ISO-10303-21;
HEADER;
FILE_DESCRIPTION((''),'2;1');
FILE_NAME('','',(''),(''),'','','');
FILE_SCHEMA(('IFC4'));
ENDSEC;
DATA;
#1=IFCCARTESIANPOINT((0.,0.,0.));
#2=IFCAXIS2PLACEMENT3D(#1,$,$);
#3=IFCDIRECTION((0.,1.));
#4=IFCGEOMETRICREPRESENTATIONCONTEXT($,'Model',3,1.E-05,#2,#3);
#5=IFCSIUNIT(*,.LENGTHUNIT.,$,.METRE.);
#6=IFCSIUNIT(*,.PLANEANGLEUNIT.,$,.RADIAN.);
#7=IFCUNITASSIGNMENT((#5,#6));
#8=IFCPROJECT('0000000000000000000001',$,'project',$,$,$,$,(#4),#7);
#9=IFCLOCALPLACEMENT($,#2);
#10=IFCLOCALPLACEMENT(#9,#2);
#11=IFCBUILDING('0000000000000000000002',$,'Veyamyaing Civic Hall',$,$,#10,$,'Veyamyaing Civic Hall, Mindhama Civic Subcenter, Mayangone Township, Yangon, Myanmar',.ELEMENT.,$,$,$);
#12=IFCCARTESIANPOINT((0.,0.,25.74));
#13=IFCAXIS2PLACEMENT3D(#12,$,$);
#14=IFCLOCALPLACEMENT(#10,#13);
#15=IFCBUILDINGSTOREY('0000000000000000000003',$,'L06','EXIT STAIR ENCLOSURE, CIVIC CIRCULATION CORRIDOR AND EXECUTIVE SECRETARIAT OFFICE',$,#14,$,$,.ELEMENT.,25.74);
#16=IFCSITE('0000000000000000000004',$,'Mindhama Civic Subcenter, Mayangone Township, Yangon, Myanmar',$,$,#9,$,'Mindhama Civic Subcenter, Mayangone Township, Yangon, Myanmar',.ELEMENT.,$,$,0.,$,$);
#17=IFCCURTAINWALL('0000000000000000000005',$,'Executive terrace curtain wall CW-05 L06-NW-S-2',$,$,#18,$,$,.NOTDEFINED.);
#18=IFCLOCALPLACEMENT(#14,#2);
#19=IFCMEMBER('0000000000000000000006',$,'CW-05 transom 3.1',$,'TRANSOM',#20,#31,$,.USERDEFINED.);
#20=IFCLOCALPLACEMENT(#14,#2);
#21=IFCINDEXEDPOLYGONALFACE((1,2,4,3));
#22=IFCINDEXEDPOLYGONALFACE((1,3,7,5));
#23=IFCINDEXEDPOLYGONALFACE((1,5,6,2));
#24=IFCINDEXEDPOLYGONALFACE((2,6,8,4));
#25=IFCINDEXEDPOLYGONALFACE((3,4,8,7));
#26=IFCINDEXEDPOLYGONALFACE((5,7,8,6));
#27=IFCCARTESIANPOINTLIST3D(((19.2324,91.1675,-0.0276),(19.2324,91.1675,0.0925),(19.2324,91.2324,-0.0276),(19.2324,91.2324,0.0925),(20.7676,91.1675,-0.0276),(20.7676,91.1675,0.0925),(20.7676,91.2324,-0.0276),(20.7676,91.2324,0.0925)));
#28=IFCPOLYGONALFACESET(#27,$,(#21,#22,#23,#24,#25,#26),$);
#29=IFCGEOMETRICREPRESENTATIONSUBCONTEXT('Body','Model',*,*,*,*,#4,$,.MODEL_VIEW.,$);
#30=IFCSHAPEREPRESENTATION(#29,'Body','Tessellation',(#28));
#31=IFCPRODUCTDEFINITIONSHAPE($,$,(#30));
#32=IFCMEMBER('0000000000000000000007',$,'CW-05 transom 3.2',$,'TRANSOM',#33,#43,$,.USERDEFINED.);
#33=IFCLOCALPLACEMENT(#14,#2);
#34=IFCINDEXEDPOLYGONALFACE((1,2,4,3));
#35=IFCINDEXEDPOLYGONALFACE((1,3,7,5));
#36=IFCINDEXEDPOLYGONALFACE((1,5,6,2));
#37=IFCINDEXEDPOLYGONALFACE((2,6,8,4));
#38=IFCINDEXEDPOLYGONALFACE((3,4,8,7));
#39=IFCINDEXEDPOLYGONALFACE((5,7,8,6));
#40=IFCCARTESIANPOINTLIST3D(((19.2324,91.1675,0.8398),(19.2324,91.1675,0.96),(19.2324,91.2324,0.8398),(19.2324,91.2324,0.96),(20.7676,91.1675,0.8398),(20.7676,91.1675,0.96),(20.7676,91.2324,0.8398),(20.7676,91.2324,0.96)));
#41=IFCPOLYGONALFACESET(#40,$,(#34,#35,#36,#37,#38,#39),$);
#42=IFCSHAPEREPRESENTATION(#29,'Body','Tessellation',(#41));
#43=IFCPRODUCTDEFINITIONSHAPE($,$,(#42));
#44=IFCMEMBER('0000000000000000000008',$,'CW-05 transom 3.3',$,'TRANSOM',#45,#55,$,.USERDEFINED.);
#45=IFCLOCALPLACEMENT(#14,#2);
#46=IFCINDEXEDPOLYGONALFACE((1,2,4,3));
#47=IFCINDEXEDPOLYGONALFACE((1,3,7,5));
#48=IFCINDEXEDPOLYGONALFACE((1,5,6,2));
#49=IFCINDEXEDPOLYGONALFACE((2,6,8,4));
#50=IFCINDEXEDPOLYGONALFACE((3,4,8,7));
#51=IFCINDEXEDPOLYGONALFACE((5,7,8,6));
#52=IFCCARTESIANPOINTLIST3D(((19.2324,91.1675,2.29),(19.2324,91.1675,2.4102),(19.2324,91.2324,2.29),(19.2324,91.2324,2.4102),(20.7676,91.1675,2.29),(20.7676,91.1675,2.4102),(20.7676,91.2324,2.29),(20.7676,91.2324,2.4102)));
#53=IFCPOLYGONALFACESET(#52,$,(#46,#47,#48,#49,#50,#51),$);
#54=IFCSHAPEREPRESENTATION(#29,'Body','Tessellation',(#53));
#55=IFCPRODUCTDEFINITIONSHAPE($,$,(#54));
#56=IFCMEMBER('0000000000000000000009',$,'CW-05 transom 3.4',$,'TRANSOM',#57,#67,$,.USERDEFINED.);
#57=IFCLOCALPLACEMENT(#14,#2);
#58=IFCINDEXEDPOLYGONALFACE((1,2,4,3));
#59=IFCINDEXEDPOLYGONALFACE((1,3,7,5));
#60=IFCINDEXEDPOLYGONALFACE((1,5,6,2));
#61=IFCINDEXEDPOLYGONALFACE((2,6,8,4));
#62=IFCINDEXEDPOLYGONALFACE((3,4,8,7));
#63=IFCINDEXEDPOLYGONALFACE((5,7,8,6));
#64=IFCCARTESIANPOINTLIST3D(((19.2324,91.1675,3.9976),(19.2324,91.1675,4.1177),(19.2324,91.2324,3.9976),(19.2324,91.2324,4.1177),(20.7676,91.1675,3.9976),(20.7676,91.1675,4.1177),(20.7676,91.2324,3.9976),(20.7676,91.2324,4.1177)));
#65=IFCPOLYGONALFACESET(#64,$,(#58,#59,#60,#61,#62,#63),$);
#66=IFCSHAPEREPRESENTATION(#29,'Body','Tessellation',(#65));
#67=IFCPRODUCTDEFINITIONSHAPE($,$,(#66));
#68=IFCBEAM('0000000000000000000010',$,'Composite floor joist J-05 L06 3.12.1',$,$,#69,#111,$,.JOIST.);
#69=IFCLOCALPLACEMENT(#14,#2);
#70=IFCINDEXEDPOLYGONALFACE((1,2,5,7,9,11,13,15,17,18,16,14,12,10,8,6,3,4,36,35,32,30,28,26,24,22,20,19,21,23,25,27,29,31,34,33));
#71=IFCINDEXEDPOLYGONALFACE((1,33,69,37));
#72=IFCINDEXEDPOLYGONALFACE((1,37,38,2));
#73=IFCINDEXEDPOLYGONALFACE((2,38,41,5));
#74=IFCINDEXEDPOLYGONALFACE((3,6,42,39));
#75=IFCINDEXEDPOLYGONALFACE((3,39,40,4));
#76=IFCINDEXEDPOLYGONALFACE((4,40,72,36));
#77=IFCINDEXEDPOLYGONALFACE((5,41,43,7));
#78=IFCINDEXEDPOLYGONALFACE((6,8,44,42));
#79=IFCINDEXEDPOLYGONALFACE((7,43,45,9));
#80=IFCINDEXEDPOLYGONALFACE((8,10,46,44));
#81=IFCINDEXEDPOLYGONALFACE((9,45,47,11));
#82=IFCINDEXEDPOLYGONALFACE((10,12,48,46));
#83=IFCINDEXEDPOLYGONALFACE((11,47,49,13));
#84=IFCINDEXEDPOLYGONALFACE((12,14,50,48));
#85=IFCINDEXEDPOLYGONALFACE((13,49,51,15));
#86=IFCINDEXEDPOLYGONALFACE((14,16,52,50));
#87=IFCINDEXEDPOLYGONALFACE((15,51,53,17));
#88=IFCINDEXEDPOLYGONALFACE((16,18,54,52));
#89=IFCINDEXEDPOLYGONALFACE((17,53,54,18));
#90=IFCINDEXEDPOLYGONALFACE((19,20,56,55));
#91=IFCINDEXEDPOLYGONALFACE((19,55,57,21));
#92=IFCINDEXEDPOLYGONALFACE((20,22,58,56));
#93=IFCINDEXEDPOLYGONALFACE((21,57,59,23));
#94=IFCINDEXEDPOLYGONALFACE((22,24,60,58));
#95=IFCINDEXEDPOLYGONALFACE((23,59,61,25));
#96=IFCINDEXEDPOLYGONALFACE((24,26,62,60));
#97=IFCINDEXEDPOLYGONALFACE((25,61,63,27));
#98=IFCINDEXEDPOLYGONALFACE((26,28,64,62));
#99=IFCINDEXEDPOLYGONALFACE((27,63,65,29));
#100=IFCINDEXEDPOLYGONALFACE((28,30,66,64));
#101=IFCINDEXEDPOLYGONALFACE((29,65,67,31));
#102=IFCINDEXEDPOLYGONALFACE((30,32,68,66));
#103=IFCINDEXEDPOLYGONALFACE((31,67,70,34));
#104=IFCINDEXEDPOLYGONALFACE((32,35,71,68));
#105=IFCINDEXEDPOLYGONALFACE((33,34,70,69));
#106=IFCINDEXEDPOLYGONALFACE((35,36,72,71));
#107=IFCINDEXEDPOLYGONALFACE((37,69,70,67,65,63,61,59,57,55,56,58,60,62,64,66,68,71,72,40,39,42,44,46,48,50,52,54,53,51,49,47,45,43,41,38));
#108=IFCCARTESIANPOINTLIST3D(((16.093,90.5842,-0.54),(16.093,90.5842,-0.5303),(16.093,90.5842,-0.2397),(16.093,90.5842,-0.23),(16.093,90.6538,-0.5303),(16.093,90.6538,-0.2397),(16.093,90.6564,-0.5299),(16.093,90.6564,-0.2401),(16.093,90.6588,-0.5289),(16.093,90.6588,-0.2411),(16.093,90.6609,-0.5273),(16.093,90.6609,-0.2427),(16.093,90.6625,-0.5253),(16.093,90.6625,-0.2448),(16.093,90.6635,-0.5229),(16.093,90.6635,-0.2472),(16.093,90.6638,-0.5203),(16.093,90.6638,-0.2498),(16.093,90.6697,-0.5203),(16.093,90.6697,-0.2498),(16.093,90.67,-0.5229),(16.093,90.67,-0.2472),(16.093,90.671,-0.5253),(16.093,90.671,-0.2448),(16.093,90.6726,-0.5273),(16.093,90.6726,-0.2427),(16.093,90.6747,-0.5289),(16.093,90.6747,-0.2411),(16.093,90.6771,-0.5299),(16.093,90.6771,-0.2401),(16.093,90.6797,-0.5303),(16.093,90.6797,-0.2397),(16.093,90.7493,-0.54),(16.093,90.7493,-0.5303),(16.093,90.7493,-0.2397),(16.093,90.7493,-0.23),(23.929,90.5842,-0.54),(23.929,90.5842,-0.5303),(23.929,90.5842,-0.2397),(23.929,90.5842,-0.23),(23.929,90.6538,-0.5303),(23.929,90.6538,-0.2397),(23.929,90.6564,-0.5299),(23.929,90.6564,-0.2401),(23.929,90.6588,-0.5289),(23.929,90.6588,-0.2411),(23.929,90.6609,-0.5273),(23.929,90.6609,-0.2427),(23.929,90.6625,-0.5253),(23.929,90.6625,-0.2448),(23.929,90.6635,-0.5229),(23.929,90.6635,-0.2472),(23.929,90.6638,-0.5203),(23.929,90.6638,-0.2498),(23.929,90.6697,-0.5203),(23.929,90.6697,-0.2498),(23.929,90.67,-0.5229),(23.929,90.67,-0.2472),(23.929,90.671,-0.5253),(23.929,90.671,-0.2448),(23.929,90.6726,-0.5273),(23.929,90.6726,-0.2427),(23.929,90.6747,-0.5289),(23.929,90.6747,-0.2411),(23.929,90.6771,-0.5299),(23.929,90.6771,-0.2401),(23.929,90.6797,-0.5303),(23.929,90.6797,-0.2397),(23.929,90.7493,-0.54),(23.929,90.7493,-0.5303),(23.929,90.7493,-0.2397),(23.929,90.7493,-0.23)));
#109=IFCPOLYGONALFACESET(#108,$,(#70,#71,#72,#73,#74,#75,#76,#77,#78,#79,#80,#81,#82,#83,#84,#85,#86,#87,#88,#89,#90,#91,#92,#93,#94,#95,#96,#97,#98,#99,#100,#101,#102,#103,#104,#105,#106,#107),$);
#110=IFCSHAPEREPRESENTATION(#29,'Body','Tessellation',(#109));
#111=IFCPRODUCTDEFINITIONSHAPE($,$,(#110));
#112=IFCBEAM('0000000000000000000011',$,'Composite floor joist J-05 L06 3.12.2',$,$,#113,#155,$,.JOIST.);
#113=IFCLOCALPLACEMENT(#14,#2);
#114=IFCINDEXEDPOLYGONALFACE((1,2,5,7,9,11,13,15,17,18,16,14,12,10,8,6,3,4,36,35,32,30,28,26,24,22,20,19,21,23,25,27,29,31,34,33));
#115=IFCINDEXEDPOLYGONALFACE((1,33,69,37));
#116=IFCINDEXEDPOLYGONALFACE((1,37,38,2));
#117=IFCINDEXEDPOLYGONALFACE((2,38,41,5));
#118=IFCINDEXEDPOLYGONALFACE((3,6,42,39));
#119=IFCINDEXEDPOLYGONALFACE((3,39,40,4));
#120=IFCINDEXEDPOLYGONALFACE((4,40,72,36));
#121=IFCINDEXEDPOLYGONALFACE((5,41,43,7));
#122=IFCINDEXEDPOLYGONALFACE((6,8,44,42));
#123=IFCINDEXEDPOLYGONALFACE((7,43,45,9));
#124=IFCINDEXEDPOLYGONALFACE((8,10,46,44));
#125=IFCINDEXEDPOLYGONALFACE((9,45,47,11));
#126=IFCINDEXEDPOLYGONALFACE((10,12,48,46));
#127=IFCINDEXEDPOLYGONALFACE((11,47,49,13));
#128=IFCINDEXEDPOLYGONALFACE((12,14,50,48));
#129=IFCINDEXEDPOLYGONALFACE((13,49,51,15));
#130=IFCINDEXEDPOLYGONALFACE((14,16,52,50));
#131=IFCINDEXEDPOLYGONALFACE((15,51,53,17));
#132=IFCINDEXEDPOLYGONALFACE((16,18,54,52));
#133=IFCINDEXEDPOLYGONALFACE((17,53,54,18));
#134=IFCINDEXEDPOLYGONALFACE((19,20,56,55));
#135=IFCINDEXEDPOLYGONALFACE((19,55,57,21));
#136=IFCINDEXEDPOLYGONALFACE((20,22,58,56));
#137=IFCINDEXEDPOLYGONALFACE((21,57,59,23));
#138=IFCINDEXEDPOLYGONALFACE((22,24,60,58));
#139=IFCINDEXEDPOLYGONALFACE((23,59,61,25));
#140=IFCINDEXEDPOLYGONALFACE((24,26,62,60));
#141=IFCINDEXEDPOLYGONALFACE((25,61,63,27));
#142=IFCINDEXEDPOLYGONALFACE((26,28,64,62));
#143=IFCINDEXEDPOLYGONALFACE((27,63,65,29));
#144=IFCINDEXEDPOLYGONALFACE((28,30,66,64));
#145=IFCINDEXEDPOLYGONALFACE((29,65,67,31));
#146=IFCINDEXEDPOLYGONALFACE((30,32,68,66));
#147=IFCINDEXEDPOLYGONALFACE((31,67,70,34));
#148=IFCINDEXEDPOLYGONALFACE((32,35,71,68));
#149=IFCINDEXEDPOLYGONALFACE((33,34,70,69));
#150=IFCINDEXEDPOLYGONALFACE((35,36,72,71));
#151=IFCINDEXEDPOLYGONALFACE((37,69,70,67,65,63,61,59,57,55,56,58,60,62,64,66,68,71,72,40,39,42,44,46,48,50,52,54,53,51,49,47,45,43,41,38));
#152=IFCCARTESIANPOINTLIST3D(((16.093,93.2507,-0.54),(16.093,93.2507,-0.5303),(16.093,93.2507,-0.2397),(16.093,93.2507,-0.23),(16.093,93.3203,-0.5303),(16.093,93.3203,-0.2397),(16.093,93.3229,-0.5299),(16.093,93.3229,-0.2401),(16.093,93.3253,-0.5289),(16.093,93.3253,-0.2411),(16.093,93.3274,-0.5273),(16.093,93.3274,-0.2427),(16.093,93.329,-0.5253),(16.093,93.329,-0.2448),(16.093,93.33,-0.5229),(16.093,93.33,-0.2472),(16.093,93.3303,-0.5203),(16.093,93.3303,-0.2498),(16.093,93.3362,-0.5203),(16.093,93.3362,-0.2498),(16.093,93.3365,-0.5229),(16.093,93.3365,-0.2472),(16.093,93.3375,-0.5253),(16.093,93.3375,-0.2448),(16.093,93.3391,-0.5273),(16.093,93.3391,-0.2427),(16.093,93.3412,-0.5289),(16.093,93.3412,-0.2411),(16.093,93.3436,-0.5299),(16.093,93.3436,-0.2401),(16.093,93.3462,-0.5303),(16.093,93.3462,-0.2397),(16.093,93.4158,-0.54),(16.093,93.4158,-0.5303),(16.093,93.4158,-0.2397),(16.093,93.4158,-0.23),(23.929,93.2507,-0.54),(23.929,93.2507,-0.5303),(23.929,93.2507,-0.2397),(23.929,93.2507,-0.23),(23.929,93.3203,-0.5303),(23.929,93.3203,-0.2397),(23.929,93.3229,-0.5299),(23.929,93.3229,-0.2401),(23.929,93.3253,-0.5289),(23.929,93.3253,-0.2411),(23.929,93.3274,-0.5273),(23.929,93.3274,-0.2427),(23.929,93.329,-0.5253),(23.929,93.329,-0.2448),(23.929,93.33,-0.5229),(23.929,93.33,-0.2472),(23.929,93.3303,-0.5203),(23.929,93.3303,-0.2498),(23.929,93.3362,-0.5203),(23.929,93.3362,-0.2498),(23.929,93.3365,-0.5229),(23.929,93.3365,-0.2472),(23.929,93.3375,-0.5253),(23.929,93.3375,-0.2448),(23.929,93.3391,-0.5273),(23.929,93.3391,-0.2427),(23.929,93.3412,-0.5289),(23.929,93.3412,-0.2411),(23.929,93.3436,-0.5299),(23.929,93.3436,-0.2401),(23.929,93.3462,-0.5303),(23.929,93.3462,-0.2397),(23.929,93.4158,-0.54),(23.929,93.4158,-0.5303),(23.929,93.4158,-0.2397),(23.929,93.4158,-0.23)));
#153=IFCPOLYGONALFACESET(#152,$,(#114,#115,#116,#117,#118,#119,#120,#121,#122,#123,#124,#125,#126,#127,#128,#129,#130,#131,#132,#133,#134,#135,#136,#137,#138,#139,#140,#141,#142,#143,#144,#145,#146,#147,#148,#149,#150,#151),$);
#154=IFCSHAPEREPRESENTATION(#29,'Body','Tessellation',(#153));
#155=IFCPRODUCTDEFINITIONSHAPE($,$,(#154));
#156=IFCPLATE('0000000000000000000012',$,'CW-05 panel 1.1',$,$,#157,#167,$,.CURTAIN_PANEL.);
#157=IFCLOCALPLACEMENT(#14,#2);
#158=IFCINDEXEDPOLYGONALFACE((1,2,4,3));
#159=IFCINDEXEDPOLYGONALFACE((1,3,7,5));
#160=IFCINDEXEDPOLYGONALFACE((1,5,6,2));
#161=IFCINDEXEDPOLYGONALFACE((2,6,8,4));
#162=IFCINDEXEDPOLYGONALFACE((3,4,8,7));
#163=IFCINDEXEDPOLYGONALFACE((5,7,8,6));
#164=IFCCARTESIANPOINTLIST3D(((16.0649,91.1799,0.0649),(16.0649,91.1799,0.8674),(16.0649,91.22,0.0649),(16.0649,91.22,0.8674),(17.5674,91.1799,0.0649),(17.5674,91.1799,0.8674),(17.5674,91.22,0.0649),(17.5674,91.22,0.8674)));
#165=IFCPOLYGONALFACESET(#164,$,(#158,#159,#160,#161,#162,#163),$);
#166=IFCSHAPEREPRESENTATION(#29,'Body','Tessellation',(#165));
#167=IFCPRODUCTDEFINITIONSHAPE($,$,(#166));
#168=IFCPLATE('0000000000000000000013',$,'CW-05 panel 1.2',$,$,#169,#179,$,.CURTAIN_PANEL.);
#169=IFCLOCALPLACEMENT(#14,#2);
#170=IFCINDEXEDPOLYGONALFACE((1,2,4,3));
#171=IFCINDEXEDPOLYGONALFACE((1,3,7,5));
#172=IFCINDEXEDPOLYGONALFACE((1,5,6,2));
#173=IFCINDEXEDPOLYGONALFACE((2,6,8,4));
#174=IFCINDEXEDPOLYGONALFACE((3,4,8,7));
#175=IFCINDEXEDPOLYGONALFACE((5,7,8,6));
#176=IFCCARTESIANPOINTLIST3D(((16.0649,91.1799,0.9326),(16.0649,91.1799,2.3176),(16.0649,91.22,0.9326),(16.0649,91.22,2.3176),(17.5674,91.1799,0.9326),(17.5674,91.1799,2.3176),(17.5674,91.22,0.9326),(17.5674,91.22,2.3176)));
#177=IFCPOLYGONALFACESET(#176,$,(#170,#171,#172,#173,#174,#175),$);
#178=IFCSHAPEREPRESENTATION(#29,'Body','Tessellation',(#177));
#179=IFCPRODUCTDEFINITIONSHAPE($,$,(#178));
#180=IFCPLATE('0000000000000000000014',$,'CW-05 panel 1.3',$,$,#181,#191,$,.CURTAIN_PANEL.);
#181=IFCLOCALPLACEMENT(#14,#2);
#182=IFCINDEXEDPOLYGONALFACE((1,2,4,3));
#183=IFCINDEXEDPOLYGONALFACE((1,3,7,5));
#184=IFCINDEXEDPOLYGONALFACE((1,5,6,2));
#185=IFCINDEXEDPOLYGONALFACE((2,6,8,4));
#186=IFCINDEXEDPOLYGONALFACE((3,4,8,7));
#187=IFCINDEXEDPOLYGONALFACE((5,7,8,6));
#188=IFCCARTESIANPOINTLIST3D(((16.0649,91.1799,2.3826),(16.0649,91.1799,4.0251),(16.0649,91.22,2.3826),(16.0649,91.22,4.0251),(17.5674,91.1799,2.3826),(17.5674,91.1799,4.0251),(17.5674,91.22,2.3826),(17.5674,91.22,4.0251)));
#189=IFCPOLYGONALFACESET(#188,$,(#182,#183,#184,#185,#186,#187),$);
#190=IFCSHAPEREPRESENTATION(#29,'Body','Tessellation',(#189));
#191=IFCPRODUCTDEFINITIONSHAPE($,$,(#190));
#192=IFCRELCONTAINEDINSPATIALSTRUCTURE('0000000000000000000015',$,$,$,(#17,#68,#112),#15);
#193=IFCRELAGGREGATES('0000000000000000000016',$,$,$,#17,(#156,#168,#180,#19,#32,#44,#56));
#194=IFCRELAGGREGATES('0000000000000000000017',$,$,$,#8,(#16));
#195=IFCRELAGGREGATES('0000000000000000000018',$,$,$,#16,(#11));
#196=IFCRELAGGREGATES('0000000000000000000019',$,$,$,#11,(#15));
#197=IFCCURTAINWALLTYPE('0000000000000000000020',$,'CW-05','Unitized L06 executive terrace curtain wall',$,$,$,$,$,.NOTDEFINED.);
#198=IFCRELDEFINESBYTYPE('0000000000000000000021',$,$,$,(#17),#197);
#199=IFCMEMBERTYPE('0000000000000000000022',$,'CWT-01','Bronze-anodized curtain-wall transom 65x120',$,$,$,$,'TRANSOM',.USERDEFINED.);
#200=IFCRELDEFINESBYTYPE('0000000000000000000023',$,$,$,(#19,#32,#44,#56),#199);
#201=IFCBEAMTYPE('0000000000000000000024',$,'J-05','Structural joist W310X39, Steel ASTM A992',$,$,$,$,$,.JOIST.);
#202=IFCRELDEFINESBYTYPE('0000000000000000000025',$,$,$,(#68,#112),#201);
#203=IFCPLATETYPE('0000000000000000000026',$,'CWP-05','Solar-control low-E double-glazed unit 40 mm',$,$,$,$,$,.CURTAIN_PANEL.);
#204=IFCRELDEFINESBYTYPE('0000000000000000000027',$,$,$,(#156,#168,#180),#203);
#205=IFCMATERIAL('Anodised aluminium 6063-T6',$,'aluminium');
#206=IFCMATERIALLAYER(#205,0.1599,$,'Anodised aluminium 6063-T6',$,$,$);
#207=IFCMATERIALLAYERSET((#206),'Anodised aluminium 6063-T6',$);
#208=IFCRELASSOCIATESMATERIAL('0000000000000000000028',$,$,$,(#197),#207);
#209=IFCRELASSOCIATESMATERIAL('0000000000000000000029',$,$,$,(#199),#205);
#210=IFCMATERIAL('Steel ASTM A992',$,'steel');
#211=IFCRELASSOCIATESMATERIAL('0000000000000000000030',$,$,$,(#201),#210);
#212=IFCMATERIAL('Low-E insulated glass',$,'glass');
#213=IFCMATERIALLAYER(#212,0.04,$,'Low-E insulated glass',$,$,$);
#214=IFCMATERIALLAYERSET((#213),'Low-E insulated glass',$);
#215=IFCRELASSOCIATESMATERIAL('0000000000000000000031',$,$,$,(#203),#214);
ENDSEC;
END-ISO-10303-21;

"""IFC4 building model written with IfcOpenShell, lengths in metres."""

from ifc_helpers import new_model, si_unit, direction, frame, origin, origin_2d, place, context, subcontext, project, spatial, rectangle, i_section, extrude, material, layer, layer_set, material_profile, profile_set, type_object, element, aggregate, save


model = new_model("IFC4")

# Units and contexts
model_context = context("Model", 3, precision=1e-05, world=origin(), true_north=direction((0.0, 1.0)))
body_context = subcontext(model_context, "Body", "Model", "MODEL_VIEW")
ifc_project = project(units=[si_unit("LENGTHUNIT", "METRE"), si_unit("PLANEANGLEUNIT", "RADIAN")], contexts=[model_context])

# Site, building, storey
site_placement = place(None, origin())
site = spatial("IfcSite", under=ifc_project, at=site_placement, Name="Mindhama Civic Subcenter, Mayangone Township, Yangon, Myanmar", LongName="Mindhama Civic Subcenter, Mayangone Township, Yangon, Myanmar", CompositionType="ELEMENT", RefElevation=0.0)
building_placement = place(site_placement, origin())
building = spatial("IfcBuilding", under=site, at=building_placement, Name="Veyamyaing Civic Hall", LongName="Veyamyaing Civic Hall, Mindhama Civic Subcenter, Mayangone Township, Yangon, Myanmar", CompositionType="ELEMENT")
storey_placement = place(building_placement, frame((0.0, 0.0, 25.74)))
storey = spatial("IfcBuildingStorey", under=building, at=storey_placement, Name="L06", Description="EXIT STAIR ENCLOSURE, CIVIC CIRCULATION CORRIDOR AND EXECUTIVE SECRETARIAT OFFICE", CompositionType="ELEMENT", Elevation=25.74)

# Shared definitions
ifc_material_1 = material(Name="Steel ASTM A992", Category="steel")

# Curtain wall, members
ifc_material_2 = material(Name="Anodised aluminium 6063-T6", Category="aluminium")
ifc_layer_1 = layer(ifc_material_2, 0.1599, Name="Anodised aluminium 6063-T6")
ifc_layer_set_1 = layer_set([ifc_layer_1], Name="Anodised aluminium 6063-T6")
curtain_wall_type = type_object("IfcCurtainWallType", Name="CW-05", Description="Unitized L06 executive terrace curtain wall", PredefinedType="NOTDEFINED", material=ifc_layer_set_1)
curtain_wall_placement = place(storey_placement, origin())
curtain_wall = element("IfcCurtainWall", 1, at=curtain_wall_placement, inside=storey, type_object=curtain_wall_type, Name="Executive terrace curtain wall CW-05 L06-NW-S-2", PredefinedType="NOTDEFINED")
ifc_material_profile_1 = material_profile(ifc_material_2, rectangle(XDim=0.0649, YDim=0.1201, at=origin_2d()), Name="ALU-TRN-65X120")
ifc_profile_set_1 = profile_set([ifc_material_profile_1], Name="Anodised aluminium 6063-T6")
member_type_1 = type_object("IfcMemberType", Name="CWT-01", Description="Bronze-anodized curtain-wall transom 65x120", ElementType="TRANSOM", PredefinedType="USERDEFINED", material=ifc_profile_set_1)
member_1_placement = place(storey_placement, frame((19.2324, 91.2, 0.0325), z_axis=(1.0, 0.0, 0.0), x_axis=(0.0, 1.0, 0.0)))
member_1 = element("IfcMember", 2, at=member_1_placement, type_object=member_type_1, Name="CW-05 transom 3.1", ObjectType="TRANSOM", PredefinedType="USERDEFINED", context=body_context, shape_type="SweptSolid", body=[
    extrude(rectangle(XDim=0.0649, YDim=0.1201, at=origin_2d()), origin(), (0.0, 0.0, 1.0), 1.5352),
])
member_2_placement = place(storey_placement, frame((19.2324, 91.2, 0.8999), z_axis=(1.0, 0.0, 0.0), x_axis=(0.0, 1.0, 0.0)))
member_2 = element("IfcMember", 3, at=member_2_placement, type_object=member_type_1, Name="CW-05 transom 3.2", ObjectType="TRANSOM", PredefinedType="USERDEFINED", context=body_context, shape_type="SweptSolid", body=[
    extrude(rectangle(XDim=0.0649, YDim=0.1201, at=origin_2d()), origin(), (0.0, 0.0, 1.0), 1.5352),
])
member_3_placement = place(storey_placement, frame((19.2324, 91.2, 2.3501), z_axis=(1.0, 0.0, 0.0), x_axis=(0.0, 1.0, 0.0)))
member_3 = element("IfcMember", 4, at=member_3_placement, type_object=member_type_1, Name="CW-05 transom 3.3", ObjectType="TRANSOM", PredefinedType="USERDEFINED", context=body_context, shape_type="SweptSolid", body=[
    extrude(rectangle(XDim=0.0649, YDim=0.1201, at=origin_2d()), origin(), (0.0, 0.0, 1.0), 1.5352),
])
member_4_placement = place(storey_placement, frame((19.2324, 91.2, 4.0576), z_axis=(1.0, 0.0, 0.0), x_axis=(0.0, 1.0, 0.0)))
member_4 = element("IfcMember", 5, at=member_4_placement, type_object=member_type_1, Name="CW-05 transom 3.4", ObjectType="TRANSOM", PredefinedType="USERDEFINED", context=body_context, shape_type="SweptSolid", body=[
    extrude(rectangle(XDim=0.0649, YDim=0.1201, at=origin_2d()), origin(), (0.0, 0.0, 1.0), 1.5352),
])

# Beams
ifc_material_profile_2 = material_profile(ifc_material_1, i_section(OverallWidth=0.165, OverallDepth=0.3101, WebThickness=0.0059, FlangeThickness=0.0098, FilletRadius=0.01, at=origin_2d()), Name="W310X39")
ifc_profile_set_2 = profile_set([ifc_material_profile_2], Name="Steel ASTM A992")
beam_type_1 = type_object("IfcBeamType", Name="J-05", Description="Structural joist W310X39, Steel ASTM A992", PredefinedType="JOIST", material=ifc_profile_set_2)
for number, where, z_axis, x_axis, name in (
    (6, (16.093, 90.6667, -0.385), (1.0, 0.0, 0.0), (0.0, 1.0, 0.0), "Composite floor joist J-05 L06 3.12.1"),
    (7, (16.093, 93.3333, -0.385), (1.0, 0.0, 0.0), (0.0, 1.0, 0.0), "Composite floor joist J-05 L06 3.12.2"),
):
    element("IfcBeam", number, at=place(storey_placement, frame(where, z_axis=z_axis, x_axis=x_axis)), inside=storey, type_object=beam_type_1, Name=name, PredefinedType="JOIST", context=body_context, shape_type="SweptSolid", body=[
        extrude(i_section(OverallWidth=0.165, OverallDepth=0.3101, WebThickness=0.0059, FlangeThickness=0.0098, FilletRadius=0.01, at=origin_2d()), origin(), (0.0, 0.0, 1.0), 7.8359),
    ])

# Plates
ifc_material_3 = material(Name="Low-E insulated glass", Category="glass")
ifc_layer_2 = layer(ifc_material_3, 0.04, Name="Low-E insulated glass")
ifc_layer_set_2 = layer_set([ifc_layer_2], Name="Low-E insulated glass")
plate_type = type_object("IfcPlateType", Name="CWP-05", Description="Solar-control low-E double-glazed unit 40 mm", PredefinedType="CURTAIN_PANEL", material=ifc_layer_set_2)
plate_1_placement = place(storey_placement, frame((16.8162, 91.2, 0.0649), z_axis=(0.0, 0.0, 1.0), x_axis=(1.0, 0.0, 0.0)))
plate_1 = element("IfcPlate", 8, at=plate_1_placement, type_object=plate_type, Name="CW-05 panel 1.1", PredefinedType="CURTAIN_PANEL", context=body_context, shape_type="SweptSolid", body=[
    extrude(rectangle(XDim=1.5024, YDim=0.04, at=origin_2d()), origin(), (0.0, 0.0, 1.0), 0.8025),
])
plate_2_placement = place(storey_placement, frame((16.8162, 91.2, 0.9326), z_axis=(0.0, 0.0, 1.0), x_axis=(1.0, 0.0, 0.0)))
plate_2 = element("IfcPlate", 9, at=plate_2_placement, type_object=plate_type, Name="CW-05 panel 1.2", PredefinedType="CURTAIN_PANEL", context=body_context, shape_type="SweptSolid", body=[
    extrude(rectangle(XDim=1.5024, YDim=0.04, at=origin_2d()), origin(), (0.0, 0.0, 1.0), 1.385),
])
plate_3_placement = place(storey_placement, frame((16.8162, 91.2, 2.3826), z_axis=(0.0, 0.0, 1.0), x_axis=(1.0, 0.0, 0.0)))
plate_3 = element("IfcPlate", 10, at=plate_3_placement, type_object=plate_type, Name="CW-05 panel 1.3", PredefinedType="CURTAIN_PANEL", context=body_context, shape_type="SweptSolid", body=[
    extrude(rectangle(XDim=1.5024, YDim=0.04, at=origin_2d()), origin(), (0.0, 0.0, 1.0), 1.6426),
])
aggregate(curtain_wall, [plate_1, plate_2, plate_3, member_1, member_2, member_3, member_4])

save(model, "model.ifc")
